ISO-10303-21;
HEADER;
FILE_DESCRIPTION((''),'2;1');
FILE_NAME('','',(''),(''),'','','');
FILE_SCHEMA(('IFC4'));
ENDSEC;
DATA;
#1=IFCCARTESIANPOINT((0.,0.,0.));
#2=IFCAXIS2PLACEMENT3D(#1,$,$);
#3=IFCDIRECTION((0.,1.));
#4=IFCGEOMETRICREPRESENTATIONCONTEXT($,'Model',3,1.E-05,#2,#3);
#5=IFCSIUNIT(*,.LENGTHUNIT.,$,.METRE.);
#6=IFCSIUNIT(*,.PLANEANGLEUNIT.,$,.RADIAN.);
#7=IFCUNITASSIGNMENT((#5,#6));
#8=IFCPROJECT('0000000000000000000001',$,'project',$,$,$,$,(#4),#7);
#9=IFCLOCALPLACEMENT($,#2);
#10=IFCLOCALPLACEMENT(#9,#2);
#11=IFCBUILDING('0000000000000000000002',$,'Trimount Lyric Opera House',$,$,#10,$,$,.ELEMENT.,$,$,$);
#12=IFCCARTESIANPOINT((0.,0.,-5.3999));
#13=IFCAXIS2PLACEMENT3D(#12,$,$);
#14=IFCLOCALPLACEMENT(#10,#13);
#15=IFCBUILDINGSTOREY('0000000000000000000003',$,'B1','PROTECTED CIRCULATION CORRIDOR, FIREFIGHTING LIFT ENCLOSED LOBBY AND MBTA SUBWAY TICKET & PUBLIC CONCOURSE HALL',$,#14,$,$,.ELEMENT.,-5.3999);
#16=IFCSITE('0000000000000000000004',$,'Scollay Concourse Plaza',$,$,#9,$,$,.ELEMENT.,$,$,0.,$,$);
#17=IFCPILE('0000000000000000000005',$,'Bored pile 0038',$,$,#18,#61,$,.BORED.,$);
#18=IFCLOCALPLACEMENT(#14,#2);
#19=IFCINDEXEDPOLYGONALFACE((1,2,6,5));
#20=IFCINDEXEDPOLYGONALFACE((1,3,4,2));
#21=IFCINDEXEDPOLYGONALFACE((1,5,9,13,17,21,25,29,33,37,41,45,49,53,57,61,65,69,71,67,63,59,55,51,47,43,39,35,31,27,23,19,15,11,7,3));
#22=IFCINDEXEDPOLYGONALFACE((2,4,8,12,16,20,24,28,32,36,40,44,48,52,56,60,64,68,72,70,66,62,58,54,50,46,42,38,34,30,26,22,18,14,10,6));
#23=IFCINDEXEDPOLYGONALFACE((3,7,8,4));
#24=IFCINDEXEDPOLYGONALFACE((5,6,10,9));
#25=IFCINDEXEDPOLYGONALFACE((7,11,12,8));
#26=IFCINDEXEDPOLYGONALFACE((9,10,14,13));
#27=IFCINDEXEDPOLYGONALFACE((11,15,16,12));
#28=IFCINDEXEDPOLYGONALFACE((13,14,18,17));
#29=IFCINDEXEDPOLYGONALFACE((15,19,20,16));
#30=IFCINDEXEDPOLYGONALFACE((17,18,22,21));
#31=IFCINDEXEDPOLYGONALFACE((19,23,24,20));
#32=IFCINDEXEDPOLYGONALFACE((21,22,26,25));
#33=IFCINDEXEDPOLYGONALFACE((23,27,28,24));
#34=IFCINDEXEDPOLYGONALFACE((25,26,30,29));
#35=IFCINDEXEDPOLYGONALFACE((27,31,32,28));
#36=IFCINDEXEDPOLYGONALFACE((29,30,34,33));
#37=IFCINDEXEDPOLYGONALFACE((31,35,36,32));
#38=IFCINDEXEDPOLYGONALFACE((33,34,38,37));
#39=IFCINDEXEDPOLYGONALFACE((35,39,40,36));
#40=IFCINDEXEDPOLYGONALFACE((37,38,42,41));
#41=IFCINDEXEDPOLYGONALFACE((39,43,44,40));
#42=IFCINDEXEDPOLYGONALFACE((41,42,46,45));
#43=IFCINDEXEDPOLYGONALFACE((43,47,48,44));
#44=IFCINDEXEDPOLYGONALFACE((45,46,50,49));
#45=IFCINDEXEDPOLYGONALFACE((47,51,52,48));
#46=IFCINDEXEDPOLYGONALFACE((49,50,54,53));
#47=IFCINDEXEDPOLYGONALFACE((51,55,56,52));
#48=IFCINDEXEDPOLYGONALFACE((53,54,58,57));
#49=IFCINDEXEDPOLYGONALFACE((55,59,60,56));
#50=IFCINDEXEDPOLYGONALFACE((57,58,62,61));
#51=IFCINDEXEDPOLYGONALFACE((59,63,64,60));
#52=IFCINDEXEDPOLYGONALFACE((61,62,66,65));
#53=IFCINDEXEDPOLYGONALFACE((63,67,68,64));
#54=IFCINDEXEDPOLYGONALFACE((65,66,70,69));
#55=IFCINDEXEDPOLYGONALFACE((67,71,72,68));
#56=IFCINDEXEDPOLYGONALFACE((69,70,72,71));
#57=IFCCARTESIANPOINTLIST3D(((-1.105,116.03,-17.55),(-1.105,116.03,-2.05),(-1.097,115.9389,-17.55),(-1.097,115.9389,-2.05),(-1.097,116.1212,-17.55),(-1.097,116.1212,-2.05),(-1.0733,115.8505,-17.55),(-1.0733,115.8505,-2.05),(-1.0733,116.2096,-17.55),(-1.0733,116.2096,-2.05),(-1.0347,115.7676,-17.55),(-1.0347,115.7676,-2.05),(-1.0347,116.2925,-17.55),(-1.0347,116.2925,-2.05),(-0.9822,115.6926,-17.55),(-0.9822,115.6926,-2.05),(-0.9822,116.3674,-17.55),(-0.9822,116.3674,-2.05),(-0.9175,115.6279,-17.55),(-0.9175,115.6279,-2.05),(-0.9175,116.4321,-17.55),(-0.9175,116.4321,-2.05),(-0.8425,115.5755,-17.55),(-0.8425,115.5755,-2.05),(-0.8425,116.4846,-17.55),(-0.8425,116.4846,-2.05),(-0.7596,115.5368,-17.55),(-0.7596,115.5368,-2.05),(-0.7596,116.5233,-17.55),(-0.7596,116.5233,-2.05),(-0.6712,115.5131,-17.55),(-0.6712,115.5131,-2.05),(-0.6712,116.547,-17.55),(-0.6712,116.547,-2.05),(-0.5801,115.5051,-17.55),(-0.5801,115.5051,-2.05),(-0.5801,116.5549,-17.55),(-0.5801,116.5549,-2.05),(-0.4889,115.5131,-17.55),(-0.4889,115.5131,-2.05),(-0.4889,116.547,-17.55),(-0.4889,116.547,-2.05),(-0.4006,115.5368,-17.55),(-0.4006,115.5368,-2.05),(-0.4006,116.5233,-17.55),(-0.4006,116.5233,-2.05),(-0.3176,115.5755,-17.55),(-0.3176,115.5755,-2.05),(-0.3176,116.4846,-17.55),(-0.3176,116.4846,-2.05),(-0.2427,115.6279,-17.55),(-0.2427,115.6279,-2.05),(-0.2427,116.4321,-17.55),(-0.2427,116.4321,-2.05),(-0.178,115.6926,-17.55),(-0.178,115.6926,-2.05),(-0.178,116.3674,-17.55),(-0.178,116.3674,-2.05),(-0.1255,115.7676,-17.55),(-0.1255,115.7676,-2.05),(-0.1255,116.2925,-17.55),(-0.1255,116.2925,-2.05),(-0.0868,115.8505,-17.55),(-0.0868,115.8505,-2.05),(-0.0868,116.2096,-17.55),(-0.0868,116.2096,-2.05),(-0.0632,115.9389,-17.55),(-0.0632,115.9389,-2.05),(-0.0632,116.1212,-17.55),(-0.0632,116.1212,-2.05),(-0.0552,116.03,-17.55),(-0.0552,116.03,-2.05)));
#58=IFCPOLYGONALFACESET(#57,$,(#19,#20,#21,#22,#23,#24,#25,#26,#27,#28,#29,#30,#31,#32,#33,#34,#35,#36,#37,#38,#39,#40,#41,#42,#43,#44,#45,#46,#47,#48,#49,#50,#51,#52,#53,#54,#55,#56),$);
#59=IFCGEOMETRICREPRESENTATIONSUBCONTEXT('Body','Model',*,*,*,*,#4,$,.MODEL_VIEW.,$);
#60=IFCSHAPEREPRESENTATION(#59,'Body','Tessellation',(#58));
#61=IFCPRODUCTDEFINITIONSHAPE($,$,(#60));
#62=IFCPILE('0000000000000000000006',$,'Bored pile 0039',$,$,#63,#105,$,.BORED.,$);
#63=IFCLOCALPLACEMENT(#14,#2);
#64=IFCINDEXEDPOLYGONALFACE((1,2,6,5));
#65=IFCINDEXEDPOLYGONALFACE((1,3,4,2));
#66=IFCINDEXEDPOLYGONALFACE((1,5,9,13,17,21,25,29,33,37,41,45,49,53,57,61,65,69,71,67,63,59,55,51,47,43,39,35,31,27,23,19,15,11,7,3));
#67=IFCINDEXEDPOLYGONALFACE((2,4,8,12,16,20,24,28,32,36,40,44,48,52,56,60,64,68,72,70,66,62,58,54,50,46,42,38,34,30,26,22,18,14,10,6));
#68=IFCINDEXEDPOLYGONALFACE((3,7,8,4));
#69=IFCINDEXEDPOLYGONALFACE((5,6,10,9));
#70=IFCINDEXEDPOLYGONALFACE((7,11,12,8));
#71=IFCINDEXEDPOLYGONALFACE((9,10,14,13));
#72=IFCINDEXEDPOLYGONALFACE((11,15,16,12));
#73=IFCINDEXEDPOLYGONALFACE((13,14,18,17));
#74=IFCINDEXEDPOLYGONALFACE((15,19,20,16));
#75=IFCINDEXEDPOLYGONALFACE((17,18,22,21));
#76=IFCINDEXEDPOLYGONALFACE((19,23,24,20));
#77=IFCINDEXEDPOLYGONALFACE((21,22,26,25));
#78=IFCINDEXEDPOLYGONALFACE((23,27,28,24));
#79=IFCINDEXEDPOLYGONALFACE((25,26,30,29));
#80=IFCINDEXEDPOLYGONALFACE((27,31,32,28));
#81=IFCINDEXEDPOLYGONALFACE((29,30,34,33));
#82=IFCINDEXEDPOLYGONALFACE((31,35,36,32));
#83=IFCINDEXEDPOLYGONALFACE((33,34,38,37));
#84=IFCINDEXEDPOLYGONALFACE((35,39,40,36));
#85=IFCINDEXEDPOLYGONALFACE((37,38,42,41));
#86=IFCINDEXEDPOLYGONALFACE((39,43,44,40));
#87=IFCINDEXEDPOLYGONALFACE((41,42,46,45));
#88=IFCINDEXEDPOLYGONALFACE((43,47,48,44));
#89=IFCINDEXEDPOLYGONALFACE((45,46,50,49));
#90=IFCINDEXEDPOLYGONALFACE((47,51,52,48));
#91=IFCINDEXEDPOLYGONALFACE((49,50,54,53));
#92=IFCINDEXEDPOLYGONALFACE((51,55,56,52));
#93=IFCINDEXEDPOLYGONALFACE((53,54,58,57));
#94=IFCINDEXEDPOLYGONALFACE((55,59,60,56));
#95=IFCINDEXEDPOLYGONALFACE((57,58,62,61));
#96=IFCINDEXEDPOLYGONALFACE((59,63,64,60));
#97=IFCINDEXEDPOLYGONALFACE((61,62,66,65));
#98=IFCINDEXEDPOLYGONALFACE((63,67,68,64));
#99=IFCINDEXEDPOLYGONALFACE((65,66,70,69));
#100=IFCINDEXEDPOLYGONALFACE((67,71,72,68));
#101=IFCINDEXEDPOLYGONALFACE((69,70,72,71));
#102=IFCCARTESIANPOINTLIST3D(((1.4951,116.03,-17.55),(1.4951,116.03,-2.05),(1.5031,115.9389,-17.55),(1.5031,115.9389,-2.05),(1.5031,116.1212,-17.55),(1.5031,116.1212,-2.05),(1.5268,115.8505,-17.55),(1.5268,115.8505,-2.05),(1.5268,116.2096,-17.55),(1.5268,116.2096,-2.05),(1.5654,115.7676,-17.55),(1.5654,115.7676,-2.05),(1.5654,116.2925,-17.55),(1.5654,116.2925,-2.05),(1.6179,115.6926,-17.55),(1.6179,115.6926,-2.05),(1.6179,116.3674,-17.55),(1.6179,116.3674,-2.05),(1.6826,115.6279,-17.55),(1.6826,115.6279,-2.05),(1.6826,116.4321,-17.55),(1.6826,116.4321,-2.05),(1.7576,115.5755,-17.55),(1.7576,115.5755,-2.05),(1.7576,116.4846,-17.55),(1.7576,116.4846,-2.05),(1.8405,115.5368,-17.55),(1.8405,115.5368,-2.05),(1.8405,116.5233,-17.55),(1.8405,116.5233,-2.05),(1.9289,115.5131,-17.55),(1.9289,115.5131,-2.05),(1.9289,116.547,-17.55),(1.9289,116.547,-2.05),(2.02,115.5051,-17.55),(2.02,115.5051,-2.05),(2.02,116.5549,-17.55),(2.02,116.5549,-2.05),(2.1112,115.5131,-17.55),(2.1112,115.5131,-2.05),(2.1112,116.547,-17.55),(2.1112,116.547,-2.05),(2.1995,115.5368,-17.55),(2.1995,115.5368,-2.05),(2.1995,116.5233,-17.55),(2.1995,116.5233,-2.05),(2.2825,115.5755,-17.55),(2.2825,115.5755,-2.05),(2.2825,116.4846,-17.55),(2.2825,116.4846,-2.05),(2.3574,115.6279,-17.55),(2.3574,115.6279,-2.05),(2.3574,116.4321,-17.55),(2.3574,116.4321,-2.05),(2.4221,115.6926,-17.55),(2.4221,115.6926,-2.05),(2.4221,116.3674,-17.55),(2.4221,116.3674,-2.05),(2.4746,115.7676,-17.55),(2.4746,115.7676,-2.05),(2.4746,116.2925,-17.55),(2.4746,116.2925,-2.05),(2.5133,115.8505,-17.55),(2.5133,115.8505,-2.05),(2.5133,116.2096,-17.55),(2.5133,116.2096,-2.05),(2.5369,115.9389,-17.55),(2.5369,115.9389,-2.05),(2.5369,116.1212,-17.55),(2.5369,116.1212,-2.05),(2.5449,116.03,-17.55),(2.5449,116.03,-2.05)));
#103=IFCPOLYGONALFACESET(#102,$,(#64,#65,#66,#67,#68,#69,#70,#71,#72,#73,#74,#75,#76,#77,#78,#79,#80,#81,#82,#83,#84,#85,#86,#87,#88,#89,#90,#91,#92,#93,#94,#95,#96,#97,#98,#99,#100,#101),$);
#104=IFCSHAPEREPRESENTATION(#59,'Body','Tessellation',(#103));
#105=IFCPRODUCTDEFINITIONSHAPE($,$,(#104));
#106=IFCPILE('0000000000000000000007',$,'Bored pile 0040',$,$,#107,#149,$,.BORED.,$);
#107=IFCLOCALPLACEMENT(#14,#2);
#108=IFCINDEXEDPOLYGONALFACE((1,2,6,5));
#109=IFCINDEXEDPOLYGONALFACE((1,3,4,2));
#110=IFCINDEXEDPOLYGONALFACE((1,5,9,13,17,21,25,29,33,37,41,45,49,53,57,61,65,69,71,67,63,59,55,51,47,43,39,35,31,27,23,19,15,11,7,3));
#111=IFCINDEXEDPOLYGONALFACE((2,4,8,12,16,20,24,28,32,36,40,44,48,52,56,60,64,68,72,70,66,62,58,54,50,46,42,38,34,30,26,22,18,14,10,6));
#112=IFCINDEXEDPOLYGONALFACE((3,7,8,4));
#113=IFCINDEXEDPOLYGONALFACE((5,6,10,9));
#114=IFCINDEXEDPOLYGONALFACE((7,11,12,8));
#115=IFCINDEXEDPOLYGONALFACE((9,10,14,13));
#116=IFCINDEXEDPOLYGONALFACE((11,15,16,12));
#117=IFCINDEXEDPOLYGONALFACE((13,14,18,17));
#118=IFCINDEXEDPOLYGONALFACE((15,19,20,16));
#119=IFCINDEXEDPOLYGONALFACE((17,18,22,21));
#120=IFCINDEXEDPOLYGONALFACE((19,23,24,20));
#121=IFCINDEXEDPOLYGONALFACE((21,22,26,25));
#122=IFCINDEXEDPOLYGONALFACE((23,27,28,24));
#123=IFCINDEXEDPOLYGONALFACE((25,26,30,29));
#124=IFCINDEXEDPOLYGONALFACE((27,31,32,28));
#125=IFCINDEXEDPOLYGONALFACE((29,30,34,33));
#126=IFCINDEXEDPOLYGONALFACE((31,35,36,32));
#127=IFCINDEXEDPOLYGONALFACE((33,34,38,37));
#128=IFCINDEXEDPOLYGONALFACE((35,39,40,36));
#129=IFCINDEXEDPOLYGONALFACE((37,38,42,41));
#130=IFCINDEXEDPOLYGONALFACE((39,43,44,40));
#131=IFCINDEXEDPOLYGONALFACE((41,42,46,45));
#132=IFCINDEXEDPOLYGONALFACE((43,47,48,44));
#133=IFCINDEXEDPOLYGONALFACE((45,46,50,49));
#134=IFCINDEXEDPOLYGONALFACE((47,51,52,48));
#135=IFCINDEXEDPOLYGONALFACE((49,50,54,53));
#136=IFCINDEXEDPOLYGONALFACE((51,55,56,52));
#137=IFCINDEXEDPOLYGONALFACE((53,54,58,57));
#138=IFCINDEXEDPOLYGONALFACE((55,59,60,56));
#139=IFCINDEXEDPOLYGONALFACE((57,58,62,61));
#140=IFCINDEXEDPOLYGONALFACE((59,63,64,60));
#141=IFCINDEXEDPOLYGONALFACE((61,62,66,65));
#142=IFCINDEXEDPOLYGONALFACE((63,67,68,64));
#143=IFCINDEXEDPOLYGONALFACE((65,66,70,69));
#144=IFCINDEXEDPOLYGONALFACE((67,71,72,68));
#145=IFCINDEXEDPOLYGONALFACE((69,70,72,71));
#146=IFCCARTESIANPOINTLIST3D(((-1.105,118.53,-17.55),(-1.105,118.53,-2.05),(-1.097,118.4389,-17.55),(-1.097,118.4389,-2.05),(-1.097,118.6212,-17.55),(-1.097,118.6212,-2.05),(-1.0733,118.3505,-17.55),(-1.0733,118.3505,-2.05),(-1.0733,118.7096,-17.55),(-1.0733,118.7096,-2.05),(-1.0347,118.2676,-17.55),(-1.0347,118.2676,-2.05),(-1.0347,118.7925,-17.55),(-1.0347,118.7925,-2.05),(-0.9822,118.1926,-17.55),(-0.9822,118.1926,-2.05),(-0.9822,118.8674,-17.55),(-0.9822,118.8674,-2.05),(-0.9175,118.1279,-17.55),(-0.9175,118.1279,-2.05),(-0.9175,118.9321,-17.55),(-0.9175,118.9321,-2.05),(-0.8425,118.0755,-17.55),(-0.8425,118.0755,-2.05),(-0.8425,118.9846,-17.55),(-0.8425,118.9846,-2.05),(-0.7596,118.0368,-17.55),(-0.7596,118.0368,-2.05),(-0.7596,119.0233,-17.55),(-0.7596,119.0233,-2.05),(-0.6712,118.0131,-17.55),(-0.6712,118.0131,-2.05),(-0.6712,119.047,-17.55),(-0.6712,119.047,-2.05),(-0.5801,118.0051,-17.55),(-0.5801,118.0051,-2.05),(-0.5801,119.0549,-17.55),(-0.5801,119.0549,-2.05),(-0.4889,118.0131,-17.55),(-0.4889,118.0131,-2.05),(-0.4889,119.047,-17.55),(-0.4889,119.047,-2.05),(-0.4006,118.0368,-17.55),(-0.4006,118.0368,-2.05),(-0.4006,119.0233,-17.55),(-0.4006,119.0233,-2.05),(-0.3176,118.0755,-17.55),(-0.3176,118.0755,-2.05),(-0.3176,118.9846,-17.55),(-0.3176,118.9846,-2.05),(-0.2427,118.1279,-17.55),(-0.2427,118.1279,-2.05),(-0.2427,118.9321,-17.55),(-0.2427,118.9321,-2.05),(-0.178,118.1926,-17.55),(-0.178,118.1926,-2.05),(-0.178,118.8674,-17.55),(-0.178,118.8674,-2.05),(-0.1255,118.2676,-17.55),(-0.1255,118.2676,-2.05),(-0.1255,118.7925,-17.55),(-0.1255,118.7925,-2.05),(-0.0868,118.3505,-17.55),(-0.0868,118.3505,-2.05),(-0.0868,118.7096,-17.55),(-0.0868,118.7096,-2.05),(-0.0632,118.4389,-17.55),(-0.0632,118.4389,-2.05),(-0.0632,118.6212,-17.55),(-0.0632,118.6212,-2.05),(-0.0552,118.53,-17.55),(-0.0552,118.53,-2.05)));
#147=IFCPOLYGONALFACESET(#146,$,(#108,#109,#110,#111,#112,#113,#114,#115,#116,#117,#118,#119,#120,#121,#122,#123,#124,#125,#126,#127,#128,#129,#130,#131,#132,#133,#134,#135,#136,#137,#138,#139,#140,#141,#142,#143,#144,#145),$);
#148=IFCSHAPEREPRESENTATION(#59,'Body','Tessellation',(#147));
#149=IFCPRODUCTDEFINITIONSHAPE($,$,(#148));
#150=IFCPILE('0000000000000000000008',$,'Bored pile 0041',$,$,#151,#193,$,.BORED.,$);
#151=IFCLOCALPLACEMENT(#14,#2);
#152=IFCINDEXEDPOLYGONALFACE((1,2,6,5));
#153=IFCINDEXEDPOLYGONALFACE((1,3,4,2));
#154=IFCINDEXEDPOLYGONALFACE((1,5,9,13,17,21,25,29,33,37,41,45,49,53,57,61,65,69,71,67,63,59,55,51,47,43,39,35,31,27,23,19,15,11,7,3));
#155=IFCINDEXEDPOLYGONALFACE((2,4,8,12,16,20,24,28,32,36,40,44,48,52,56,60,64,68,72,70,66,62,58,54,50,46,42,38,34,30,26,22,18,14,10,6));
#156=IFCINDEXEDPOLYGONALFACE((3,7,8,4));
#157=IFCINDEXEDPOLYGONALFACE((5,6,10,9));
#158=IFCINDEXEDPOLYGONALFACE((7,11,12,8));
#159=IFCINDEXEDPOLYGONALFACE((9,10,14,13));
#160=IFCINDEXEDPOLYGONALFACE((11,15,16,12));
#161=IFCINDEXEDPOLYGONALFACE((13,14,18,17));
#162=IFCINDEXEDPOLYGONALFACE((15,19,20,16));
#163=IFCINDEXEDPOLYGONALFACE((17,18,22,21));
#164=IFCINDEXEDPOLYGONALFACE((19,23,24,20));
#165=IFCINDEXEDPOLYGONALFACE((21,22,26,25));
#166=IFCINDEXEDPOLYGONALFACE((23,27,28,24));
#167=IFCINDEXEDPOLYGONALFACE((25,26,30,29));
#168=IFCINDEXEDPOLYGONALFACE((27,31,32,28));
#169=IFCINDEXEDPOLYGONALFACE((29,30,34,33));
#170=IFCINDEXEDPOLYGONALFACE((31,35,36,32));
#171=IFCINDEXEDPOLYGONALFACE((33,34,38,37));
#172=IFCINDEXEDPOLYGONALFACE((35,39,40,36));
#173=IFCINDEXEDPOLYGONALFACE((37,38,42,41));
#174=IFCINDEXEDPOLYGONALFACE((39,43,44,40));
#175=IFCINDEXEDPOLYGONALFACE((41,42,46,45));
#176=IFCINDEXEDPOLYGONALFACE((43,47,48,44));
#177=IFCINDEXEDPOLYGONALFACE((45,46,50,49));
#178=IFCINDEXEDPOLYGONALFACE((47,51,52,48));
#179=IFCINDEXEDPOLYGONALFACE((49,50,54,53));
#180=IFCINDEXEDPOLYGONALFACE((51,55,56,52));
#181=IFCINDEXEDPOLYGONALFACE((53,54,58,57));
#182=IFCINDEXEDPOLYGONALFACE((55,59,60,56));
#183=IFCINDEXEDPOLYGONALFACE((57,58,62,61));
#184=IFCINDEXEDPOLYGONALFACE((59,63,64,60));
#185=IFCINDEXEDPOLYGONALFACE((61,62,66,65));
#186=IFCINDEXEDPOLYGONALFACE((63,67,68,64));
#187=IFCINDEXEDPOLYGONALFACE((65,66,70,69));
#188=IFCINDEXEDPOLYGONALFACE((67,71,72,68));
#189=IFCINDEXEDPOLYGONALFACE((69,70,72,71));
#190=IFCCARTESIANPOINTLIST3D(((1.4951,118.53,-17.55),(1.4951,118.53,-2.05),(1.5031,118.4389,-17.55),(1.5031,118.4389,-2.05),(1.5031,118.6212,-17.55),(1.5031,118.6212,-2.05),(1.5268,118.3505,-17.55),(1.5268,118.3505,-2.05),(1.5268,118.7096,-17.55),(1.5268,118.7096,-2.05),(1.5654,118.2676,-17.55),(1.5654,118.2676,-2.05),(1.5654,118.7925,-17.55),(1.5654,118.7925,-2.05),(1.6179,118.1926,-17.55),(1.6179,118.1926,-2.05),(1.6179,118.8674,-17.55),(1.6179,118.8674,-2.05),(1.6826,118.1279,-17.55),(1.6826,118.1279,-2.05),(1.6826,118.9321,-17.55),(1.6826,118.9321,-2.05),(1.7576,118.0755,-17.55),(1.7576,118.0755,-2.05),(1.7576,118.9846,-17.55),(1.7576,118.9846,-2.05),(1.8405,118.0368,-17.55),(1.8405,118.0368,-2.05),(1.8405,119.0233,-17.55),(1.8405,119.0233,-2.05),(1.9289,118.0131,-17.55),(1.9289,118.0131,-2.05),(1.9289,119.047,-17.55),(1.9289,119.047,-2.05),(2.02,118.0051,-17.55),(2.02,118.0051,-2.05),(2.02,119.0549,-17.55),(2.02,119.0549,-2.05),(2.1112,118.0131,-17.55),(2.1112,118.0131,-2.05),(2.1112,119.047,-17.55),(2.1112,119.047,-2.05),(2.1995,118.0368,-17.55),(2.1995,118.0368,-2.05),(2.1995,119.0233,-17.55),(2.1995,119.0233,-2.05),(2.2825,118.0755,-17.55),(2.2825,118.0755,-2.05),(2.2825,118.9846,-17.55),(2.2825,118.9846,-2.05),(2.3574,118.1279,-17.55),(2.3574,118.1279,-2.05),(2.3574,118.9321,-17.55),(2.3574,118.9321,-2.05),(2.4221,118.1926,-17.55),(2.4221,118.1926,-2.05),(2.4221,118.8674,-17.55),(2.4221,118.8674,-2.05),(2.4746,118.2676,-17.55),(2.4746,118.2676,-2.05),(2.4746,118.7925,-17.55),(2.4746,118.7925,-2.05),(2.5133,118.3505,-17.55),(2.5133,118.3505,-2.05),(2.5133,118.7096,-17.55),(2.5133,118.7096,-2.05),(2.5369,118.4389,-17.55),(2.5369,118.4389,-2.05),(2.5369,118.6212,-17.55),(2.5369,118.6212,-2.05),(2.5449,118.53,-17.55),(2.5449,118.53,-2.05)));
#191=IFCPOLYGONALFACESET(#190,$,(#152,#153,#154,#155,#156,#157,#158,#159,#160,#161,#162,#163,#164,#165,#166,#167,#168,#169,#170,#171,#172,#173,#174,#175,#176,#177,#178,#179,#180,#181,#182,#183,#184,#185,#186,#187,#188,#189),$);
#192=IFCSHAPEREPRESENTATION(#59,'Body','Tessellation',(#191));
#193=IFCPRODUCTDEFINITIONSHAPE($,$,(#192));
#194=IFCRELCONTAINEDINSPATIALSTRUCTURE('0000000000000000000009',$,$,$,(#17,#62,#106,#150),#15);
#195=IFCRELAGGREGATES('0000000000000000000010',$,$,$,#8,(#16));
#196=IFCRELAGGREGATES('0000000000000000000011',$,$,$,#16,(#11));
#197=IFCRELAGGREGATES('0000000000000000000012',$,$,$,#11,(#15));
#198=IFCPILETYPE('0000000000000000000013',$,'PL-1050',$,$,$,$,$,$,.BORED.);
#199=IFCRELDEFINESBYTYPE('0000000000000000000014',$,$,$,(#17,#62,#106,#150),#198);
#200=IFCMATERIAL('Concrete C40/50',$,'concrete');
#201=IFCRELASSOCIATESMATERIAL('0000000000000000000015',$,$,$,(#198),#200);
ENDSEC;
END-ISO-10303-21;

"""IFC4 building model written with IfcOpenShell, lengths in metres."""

from ifc_helpers import new_model, si_unit, direction, frame, origin, origin_2d, place, context, subcontext, project, spatial, circle, extrude, material, material_profile, profile_set, type_object, element, save


model = new_model("IFC4")

# Units and contexts
model_context = context("Model", 3, precision=1e-05, world=origin(), true_north=direction((0.0, 1.0)))
body_context = subcontext(model_context, "Body", "Model", "MODEL_VIEW")
ifc_project = project(units=[si_unit("LENGTHUNIT", "METRE"), si_unit("PLANEANGLEUNIT", "RADIAN")], contexts=[model_context])

# Site, building, storey
site_placement = place(None, origin())
site = spatial("IfcSite", under=ifc_project, at=site_placement, Name="Scollay Concourse Plaza", CompositionType="ELEMENT", RefElevation=0.0)
building_placement = place(site_placement, origin())
building = spatial("IfcBuilding", under=site, at=building_placement, Name="Trimount Lyric Opera House", CompositionType="ELEMENT")
storey_placement = place(building_placement, frame((0.0, 0.0, -5.3999)))
storey = spatial("IfcBuildingStorey", under=building, at=storey_placement, Name="B1", Description="PROTECTED CIRCULATION CORRIDOR, FIREFIGHTING LIFT ENCLOSED LOBBY AND MBTA SUBWAY TICKET & PUBLIC CONCOURSE HALL", CompositionType="ELEMENT", Elevation=-5.3999)

# Piles
ifc_material_1 = material(Name="Concrete C40/50", Category="concrete")
ifc_material_profile_1 = material_profile(ifc_material_1, circle(Radius=0.5249, at=origin_2d()), Name="PILE-D1050")
ifc_profile_set_1 = profile_set([ifc_material_profile_1], Name="Concrete C40/50")
pile_type_1 = type_object("IfcPileType", Name="PL-1050", PredefinedType="BORED", material=ifc_profile_set_1)
for number, where, z_axis, x_axis, name in (
    (1, (-0.5801, 116.03, -2.05), (0.0, 0.0, -1.0), (1.0, 0.0, 0.0), "Bored pile 0038"),
    (2, (2.02, 116.03, -2.05), (0.0, 0.0, -1.0), (1.0, 0.0, 0.0), "Bored pile 0039"),
    (3, (-0.5801, 118.53, -2.05), (0.0, 0.0, -1.0), (1.0, 0.0, 0.0), "Bored pile 0040"),
    (4, (2.02, 118.53, -2.05), (0.0, 0.0, -1.0), (1.0, 0.0, 0.0), "Bored pile 0041"),
):
    element("IfcPile", number, at=place(storey_placement, frame(where, z_axis=z_axis, x_axis=x_axis)), inside=storey, type_object=pile_type_1, Name=name, PredefinedType="BORED", context=body_context, shape_type="SweptSolid", body=[
        extrude(circle(Radius=0.5249, at=origin_2d()), origin(), (0.0, 0.0, 1.0), 15.5),
    ])

save(model, "model.ifc")
